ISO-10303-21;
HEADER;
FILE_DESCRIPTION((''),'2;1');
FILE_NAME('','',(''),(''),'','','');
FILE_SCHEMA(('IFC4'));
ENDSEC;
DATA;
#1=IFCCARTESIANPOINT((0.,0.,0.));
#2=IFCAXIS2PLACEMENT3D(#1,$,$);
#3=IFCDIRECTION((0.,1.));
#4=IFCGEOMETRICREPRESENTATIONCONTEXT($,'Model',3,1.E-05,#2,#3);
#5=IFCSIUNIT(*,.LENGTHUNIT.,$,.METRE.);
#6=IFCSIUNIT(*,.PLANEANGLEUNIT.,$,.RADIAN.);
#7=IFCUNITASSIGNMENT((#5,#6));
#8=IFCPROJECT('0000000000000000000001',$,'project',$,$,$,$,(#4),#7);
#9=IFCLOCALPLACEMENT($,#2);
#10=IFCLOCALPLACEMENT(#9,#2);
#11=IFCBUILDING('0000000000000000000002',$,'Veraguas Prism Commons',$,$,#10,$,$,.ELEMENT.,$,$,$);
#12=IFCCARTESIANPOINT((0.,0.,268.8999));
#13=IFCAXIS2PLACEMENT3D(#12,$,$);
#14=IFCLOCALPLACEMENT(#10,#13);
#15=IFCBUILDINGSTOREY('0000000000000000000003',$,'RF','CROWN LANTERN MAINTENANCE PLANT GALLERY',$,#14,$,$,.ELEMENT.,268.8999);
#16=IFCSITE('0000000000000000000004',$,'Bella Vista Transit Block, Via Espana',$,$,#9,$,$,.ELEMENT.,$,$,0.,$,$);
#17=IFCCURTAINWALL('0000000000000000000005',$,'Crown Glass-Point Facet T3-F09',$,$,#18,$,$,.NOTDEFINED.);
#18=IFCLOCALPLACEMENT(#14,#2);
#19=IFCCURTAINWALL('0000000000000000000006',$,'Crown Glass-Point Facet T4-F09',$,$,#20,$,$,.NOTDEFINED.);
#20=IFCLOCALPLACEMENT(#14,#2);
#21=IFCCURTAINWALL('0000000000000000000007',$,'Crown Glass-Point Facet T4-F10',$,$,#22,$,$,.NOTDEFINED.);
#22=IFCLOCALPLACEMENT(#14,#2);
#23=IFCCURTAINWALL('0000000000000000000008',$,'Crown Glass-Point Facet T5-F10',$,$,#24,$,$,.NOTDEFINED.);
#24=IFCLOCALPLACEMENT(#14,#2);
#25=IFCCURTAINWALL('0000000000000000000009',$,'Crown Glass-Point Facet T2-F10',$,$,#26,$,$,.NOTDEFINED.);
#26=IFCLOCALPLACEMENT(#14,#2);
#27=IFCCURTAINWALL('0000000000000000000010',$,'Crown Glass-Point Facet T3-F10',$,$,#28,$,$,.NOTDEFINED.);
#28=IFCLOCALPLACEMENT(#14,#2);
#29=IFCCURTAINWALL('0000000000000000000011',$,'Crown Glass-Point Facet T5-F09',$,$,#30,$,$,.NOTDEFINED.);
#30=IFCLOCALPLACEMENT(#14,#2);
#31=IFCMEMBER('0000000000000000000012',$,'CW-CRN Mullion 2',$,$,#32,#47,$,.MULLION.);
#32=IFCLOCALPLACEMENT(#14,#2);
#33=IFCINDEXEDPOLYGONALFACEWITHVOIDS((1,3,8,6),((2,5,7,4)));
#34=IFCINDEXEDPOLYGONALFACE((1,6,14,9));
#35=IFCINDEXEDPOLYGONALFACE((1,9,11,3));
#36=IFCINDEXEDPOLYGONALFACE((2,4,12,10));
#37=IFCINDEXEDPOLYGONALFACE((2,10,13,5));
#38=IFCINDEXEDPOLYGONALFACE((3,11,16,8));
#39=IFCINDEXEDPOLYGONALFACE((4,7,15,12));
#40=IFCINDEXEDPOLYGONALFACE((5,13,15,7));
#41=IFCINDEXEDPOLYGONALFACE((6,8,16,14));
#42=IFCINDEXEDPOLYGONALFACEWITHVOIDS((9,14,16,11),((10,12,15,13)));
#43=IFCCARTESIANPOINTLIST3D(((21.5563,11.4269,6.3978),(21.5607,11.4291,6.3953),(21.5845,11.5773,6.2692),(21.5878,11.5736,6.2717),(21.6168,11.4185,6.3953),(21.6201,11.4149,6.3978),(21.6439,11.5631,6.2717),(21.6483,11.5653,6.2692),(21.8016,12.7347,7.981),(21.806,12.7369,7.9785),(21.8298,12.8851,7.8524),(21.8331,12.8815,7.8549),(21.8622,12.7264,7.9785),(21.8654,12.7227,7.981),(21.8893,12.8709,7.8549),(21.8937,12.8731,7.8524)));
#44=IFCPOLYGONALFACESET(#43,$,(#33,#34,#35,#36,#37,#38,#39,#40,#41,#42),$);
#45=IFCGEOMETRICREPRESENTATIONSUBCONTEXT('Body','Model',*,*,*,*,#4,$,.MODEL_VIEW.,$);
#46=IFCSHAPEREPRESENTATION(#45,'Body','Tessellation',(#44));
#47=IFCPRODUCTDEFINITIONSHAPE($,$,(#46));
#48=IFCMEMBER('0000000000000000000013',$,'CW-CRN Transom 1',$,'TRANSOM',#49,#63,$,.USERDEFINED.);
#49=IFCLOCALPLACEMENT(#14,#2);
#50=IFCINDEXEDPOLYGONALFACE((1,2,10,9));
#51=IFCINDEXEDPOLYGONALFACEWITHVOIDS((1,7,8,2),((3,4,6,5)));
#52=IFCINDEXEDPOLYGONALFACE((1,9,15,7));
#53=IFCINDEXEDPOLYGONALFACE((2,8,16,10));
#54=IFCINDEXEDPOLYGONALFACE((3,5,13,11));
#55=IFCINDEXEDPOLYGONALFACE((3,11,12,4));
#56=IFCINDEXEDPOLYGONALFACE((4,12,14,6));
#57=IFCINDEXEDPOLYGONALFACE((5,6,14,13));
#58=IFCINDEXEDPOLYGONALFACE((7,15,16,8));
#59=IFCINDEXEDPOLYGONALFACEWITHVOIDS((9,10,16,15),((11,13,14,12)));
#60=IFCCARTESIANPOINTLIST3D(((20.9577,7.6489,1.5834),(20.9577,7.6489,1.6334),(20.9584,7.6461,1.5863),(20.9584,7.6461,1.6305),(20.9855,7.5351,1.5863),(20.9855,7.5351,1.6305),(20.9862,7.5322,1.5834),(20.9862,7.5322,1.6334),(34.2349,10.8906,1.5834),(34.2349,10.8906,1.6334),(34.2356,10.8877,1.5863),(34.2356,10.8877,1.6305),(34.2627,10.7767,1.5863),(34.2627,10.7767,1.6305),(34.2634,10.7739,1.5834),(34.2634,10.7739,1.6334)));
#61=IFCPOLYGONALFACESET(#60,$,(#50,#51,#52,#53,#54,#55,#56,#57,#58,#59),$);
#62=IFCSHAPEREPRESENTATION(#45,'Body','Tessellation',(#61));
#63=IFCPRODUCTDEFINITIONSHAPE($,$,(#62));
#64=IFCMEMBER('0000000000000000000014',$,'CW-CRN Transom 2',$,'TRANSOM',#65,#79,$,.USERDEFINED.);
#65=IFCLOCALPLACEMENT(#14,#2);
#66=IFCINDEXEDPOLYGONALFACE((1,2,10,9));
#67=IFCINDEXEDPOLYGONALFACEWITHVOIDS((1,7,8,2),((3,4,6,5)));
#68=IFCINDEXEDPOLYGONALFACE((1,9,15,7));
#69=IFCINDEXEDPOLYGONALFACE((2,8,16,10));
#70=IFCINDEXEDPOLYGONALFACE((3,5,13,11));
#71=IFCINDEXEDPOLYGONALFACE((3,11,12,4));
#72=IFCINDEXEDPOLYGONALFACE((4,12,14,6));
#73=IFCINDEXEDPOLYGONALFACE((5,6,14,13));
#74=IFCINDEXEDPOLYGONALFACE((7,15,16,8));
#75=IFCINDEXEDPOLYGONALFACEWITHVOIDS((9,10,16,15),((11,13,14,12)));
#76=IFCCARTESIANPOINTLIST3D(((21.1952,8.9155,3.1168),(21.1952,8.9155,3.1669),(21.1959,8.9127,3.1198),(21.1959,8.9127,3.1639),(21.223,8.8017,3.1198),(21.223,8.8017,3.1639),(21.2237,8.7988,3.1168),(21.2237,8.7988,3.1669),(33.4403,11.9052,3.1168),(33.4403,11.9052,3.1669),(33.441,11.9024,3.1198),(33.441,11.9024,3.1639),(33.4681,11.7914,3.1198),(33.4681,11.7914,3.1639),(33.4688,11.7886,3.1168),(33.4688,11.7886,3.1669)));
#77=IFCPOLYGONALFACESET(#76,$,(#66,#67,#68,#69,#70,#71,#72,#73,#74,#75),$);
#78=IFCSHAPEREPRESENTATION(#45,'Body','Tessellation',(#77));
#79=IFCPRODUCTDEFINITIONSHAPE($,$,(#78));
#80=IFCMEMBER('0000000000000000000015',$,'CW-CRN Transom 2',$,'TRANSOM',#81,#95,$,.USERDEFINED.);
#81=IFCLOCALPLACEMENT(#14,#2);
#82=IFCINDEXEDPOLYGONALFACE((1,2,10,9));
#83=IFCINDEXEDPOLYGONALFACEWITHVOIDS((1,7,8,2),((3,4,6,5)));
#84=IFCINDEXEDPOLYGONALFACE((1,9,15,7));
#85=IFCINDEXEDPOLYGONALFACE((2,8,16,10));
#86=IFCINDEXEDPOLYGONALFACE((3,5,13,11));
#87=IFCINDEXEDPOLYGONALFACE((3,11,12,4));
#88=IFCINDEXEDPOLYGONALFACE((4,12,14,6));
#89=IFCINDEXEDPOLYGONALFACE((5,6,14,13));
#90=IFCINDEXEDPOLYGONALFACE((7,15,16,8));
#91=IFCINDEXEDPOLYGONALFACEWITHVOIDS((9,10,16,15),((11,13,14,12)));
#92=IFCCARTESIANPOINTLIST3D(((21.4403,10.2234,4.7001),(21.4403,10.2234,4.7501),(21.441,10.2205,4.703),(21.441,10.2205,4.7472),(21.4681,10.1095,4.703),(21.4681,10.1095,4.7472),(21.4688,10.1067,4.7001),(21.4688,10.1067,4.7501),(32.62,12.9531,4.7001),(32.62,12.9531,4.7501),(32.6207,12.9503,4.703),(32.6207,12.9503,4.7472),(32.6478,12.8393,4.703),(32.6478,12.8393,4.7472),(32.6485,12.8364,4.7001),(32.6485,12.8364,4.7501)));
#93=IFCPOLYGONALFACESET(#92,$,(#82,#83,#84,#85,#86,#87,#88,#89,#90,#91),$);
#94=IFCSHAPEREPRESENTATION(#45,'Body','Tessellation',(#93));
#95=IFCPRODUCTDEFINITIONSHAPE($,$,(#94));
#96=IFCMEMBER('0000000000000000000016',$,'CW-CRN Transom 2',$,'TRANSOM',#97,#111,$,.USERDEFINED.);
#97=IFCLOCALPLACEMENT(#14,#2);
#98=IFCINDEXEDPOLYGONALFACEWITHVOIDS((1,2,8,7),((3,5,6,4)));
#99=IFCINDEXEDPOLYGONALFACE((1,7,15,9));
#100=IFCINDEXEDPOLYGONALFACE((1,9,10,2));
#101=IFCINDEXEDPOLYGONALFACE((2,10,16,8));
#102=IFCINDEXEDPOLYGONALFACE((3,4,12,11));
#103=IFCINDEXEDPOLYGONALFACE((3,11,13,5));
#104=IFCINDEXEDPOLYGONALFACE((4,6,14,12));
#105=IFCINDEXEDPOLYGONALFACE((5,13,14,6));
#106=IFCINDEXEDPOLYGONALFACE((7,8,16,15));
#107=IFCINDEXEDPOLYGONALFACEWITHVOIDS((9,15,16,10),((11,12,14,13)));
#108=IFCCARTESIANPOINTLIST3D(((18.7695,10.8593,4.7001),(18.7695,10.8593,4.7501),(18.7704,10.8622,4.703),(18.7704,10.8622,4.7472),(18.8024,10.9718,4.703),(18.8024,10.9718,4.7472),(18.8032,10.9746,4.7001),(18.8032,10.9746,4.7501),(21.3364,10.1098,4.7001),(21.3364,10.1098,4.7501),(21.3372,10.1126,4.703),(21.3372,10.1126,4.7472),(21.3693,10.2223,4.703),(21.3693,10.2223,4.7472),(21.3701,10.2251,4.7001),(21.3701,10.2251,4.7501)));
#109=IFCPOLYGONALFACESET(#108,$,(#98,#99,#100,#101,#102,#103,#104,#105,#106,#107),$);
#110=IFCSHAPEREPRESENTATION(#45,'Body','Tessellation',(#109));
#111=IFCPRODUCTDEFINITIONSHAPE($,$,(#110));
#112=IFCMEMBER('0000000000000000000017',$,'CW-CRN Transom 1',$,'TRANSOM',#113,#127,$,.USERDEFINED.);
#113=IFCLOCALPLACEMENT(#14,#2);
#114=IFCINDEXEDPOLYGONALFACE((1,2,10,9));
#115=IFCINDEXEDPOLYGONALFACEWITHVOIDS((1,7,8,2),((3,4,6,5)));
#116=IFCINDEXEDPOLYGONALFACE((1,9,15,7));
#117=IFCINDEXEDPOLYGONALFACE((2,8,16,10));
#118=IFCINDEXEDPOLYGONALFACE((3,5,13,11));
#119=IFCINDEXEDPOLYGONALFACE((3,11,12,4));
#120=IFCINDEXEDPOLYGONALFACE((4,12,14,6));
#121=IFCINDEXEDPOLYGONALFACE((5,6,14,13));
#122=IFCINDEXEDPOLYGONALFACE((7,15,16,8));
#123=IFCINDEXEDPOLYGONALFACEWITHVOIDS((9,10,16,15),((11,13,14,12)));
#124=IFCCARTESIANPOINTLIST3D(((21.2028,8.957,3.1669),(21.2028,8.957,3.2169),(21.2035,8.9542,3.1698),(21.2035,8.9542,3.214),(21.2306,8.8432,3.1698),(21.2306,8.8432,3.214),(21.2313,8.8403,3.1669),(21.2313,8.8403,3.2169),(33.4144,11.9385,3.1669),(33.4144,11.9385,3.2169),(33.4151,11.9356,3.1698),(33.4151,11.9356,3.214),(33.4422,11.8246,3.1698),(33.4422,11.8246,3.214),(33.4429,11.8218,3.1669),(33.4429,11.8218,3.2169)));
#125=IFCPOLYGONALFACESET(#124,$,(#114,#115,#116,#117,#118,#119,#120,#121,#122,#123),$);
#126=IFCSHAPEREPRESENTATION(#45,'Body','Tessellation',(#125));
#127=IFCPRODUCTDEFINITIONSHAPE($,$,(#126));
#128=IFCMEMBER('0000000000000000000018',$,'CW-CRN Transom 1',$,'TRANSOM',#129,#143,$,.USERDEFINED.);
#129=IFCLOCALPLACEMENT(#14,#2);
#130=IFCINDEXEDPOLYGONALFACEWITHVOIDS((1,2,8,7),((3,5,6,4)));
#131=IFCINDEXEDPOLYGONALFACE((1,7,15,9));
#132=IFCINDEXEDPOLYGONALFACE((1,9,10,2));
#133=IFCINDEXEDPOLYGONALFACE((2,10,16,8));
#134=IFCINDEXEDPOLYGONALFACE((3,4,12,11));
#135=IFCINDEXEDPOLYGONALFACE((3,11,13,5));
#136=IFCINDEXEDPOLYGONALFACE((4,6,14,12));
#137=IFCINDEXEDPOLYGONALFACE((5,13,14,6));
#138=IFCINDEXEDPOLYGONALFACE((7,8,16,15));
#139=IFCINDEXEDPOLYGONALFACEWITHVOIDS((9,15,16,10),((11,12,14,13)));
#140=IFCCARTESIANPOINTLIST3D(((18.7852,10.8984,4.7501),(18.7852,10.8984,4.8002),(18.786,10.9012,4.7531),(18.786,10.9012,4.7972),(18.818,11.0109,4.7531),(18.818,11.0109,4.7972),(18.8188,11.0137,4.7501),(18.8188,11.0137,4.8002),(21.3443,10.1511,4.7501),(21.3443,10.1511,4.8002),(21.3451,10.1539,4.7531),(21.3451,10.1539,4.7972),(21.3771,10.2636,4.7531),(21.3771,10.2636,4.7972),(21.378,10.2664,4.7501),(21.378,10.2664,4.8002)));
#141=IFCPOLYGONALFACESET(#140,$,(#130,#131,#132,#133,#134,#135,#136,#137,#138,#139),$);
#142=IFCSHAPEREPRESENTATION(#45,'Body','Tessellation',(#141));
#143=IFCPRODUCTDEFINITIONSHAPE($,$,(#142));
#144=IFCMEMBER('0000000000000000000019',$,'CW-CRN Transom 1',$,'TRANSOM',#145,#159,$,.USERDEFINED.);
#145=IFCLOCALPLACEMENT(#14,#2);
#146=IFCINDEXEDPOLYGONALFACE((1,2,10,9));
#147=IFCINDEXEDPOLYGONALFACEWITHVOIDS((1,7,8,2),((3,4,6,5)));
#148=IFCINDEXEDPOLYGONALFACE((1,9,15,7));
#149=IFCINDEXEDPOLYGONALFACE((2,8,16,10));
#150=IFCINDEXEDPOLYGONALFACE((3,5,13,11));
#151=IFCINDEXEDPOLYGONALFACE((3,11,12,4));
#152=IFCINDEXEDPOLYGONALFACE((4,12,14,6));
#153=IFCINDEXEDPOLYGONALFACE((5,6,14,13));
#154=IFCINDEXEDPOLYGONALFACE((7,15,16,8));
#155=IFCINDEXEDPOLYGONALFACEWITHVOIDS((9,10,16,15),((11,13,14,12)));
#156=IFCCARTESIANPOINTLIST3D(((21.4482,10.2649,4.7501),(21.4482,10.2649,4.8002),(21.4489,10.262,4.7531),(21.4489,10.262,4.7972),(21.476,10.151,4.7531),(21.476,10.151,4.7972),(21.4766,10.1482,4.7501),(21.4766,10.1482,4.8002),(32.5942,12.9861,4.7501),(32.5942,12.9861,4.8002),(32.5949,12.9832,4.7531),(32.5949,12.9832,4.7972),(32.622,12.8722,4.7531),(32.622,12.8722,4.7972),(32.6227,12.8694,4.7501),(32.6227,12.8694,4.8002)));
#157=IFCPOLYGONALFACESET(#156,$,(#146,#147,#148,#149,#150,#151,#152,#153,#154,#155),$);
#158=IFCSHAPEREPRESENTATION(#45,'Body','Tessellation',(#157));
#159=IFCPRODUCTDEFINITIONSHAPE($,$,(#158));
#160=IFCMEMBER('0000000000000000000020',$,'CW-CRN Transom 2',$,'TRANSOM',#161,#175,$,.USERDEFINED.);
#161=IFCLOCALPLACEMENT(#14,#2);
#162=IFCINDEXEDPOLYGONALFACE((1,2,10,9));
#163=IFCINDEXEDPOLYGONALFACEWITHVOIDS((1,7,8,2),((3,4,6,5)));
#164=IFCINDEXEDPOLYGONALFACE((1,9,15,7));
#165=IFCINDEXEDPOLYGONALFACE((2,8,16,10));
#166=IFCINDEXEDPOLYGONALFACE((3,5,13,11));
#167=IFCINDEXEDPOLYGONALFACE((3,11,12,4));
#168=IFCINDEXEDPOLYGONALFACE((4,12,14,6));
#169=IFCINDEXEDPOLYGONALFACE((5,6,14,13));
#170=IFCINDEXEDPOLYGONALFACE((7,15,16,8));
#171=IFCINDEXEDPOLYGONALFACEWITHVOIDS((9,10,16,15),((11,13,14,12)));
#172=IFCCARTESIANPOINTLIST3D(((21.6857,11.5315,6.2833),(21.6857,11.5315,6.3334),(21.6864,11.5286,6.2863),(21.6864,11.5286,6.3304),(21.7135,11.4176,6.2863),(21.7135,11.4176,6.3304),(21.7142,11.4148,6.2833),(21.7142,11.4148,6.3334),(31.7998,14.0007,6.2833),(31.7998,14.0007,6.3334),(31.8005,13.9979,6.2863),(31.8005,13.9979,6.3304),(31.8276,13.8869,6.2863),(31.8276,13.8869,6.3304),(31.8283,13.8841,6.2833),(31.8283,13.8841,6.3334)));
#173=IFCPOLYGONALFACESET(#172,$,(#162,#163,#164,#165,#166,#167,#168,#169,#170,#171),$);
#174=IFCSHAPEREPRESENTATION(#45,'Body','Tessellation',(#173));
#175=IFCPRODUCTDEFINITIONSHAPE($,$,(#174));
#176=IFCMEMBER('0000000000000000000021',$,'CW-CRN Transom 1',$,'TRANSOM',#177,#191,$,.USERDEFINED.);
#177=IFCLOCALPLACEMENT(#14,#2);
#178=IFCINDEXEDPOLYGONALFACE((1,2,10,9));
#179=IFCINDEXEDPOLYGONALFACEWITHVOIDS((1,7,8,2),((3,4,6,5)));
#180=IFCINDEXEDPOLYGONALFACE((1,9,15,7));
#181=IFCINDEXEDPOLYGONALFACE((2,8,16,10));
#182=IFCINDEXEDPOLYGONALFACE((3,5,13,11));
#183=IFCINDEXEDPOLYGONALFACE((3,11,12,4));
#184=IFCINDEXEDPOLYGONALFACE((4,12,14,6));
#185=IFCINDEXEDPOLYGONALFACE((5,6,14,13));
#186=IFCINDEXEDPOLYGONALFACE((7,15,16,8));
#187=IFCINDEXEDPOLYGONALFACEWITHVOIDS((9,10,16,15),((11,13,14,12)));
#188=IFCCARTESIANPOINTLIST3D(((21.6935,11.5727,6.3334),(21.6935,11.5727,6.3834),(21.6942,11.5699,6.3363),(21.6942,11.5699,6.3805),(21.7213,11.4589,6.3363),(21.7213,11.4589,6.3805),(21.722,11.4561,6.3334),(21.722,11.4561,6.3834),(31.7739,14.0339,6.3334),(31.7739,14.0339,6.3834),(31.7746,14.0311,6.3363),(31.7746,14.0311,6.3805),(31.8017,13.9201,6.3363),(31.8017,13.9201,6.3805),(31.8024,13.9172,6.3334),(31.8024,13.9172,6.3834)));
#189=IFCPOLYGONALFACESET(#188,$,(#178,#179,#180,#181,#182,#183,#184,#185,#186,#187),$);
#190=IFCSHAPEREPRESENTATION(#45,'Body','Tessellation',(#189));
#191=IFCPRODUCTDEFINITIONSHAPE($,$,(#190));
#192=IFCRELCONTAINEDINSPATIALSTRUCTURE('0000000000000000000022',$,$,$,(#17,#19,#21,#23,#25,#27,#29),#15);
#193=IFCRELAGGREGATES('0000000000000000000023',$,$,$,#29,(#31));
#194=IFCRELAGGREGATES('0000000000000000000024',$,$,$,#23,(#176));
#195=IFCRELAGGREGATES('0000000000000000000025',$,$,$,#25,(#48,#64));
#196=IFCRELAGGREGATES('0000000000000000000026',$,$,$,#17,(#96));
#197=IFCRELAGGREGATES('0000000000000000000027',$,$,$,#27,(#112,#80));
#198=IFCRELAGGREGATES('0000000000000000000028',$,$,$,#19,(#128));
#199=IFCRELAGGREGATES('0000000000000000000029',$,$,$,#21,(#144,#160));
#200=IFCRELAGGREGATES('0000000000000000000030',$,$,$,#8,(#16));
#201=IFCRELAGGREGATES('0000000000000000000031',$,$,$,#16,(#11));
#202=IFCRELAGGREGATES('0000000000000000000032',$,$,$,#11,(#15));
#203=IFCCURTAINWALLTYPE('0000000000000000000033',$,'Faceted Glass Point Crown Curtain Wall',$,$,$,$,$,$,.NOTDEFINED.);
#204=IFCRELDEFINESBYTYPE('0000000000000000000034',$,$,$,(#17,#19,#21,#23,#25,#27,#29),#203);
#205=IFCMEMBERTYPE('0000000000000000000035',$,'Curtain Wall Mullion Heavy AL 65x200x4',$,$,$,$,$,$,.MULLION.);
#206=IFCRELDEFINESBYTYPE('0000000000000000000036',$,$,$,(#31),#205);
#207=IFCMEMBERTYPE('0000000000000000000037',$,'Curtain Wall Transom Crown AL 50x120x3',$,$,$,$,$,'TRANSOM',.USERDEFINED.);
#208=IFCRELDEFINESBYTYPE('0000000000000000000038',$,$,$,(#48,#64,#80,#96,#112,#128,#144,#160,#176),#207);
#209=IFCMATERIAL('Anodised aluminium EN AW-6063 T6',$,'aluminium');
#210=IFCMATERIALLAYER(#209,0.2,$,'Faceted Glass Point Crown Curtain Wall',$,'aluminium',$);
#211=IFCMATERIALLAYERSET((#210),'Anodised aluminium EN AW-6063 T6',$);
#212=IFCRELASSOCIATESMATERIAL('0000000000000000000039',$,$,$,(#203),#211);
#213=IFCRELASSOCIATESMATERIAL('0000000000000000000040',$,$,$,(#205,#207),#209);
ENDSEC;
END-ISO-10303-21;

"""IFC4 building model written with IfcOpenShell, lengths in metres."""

from ifc_helpers import new_model, si_unit, direction, frame, origin, origin_2d, place, context, subcontext, project, spatial, hollow_rectangle, extrude, source, transform, mapped, material, layer, layer_set, material_profile, profile_set, type_object, element, aggregate, save


model = new_model("IFC4")

# Units and contexts
model_context = context("Model", 3, precision=1e-05, world=origin(), true_north=direction((0.0, 1.0)))
body_context = subcontext(model_context, "Body", "Model", "MODEL_VIEW")
ifc_project = project(units=[si_unit("LENGTHUNIT", "METRE"), si_unit("PLANEANGLEUNIT", "RADIAN")], contexts=[model_context])

# Site, building, storey
site_placement = place(None, origin())
site = spatial("IfcSite", under=ifc_project, at=site_placement, Name="Bella Vista Transit Block, Via Espana", CompositionType="ELEMENT", RefElevation=0.0)
building_placement = place(site_placement, origin())
building = spatial("IfcBuilding", under=site, at=building_placement, Name="Veraguas Prism Commons", CompositionType="ELEMENT")
storey_placement = place(building_placement, frame((0.0, 0.0, 268.8999)))
storey = spatial("IfcBuildingStorey", under=building, at=storey_placement, Name="RF", Description="CROWN LANTERN MAINTENANCE PLANT GALLERY", CompositionType="ELEMENT", Elevation=268.8999)

# Curtain wall
ifc_material_1 = material(Name="Anodised aluminium EN AW-6063 T6", Category="aluminium")
ifc_layer_1 = layer(ifc_material_1, 0.2, Name="Faceted Glass Point Crown Curtain Wall", Category="aluminium")
ifc_layer_set_1 = layer_set([ifc_layer_1], Name="Anodised aluminium EN AW-6063 T6")
curtain_wall_type = type_object("IfcCurtainWallType", Name="Faceted Glass Point Crown Curtain Wall", PredefinedType="NOTDEFINED", material=ifc_layer_set_1)
ifc_material_profile_1 = material_profile(ifc_material_1, hollow_rectangle(XDim=0.0649, YDim=0.2, WallThickness=0.0039, at=origin_2d()), Name="AL65X200X4")
ifc_profile_set_1 = profile_set([ifc_material_profile_1], Name="Anodised aluminium EN AW-6063 T6")
member_type_1 = type_object("IfcMemberType", Name="Curtain Wall Mullion Heavy AL 65x200x4", PredefinedType="MULLION", material=ifc_profile_set_1)
curtain_wall_1_placement = place(storey_placement, origin())
curtain_wall_1 = element("IfcCurtainWall", 1, at=curtain_wall_1_placement, inside=storey, type_object=curtain_wall_type, Name="Crown Glass-Point Facet T3-F09", PredefinedType="NOTDEFINED")

# Curtain wall
curtain_wall_2_placement = place(storey_placement, origin())
curtain_wall_2 = element("IfcCurtainWall", 2, at=curtain_wall_2_placement, inside=storey, type_object=curtain_wall_type, Name="Crown Glass-Point Facet T4-F09", PredefinedType="NOTDEFINED")

# Curtain walls
curtain_wall_3_placement = place(storey_placement, origin())
curtain_wall_3 = element("IfcCurtainWall", 3, at=curtain_wall_3_placement, inside=storey, type_object=curtain_wall_type, Name="Crown Glass-Point Facet T4-F10", PredefinedType="NOTDEFINED")
curtain_wall_4_placement = place(storey_placement, origin())
curtain_wall_4 = element("IfcCurtainWall", 4, at=curtain_wall_4_placement, inside=storey, type_object=curtain_wall_type, Name="Crown Glass-Point Facet T5-F10", PredefinedType="NOTDEFINED")

# Shared definitions
ifc_material_profile_2 = material_profile(ifc_material_1, hollow_rectangle(XDim=0.05, YDim=0.1201, WallThickness=0.0029, at=origin_2d()), Name="AL50X120X3")
ifc_profile_set_2 = profile_set([ifc_material_profile_2], Name="Anodised aluminium EN AW-6063 T6")
member_type_2 = type_object("IfcMemberType", Name="Curtain Wall Transom Crown AL 50x120x3", ElementType="TRANSOM", PredefinedType="USERDEFINED", material=ifc_profile_set_2)

# Curtain walls, member
shared_shape_1 = source(origin(), body_context, "Body", "SweptSolid", [
    extrude(hollow_rectangle(XDim=0.0649, YDim=0.2, WallThickness=0.0039, at=origin_2d()), origin(), (0.0, 0.0, 1.0), 2.0681),
])
curtain_wall_5_placement = place(storey_placement, origin())
curtain_wall_5 = element("IfcCurtainWall", 5, at=curtain_wall_5_placement, inside=storey, type_object=curtain_wall_type, Name="Crown Glass-Point Facet T2-F10", PredefinedType="NOTDEFINED")
curtain_wall_6_placement = place(storey_placement, origin())
curtain_wall_6 = element("IfcCurtainWall", 6, at=curtain_wall_6_placement, inside=storey, type_object=curtain_wall_type, Name="Crown Glass-Point Facet T3-F10", PredefinedType="NOTDEFINED")
curtain_wall_7_placement = place(storey_placement, origin())
curtain_wall_7 = element("IfcCurtainWall", 7, at=curtain_wall_7_placement, inside=storey, type_object=curtain_wall_type, Name="Crown Glass-Point Facet T5-F09", PredefinedType="NOTDEFINED")
member_1_placement = place(storey_placement, frame((21.6023, 11.4961, 6.3335), z_axis=(0.118636, 0.632371, 0.765527), x_axis=(-0.982853, 0.184388, 0.0)))
member_1 = element("IfcMember", 8, at=member_1_placement, type_object=member_type_1, Name="CW-CRN Mullion 2", PredefinedType="MULLION", context=body_context, shape_type="MappedRepresentation", body=[
    mapped(shared_shape_1, transform((0.0, 0.0, 0.0), scale=1.0)),
])
aggregate(curtain_wall_7, [member_1])

# Members
shared_shape_2 = source(origin(), body_context, "Body", "SweptSolid", [
    extrude(hollow_rectangle(XDim=0.05, YDim=0.1201, WallThickness=0.0029, at=origin_2d()), origin(), (0.0, 0.0, 1.0), 13.6672),
])
member_2_placement = place(storey_placement, frame((20.9719, 7.5906, 1.6084), z_axis=(0.971464, 0.237186, 0.0), x_axis=(0.0, 0.0, 1.0)))
member_2 = element("IfcMember", 9, at=member_2_placement, type_object=member_type_2, Name="CW-CRN Transom 1", ObjectType="TRANSOM", PredefinedType="USERDEFINED", context=body_context, shape_type="MappedRepresentation", body=[
    mapped(shared_shape_2, transform((0.0, 0.0, 0.0), scale=1.0)),
])
shared_shape_3 = source(origin(), body_context, "Body", "SweptSolid", [
    extrude(hollow_rectangle(XDim=0.05, YDim=0.1201, WallThickness=0.0029, at=origin_2d()), origin(), (0.0, 0.0, 1.0), 12.6047),
])
member_3_placement = place(storey_placement, frame((21.2095, 8.8572, 3.1418), z_axis=(0.971463, 0.237191, 0.0), x_axis=(0.0, 0.0, 1.0)))
member_3 = element("IfcMember", 10, at=member_3_placement, type_object=member_type_2, Name="CW-CRN Transom 2", ObjectType="TRANSOM", PredefinedType="USERDEFINED", context=body_context, shape_type="MappedRepresentation", body=[
    mapped(shared_shape_3, transform((0.0, 0.0, 0.0), scale=1.0)),
])
shared_shape_4 = source(origin(), body_context, "Body", "SweptSolid", [
    extrude(hollow_rectangle(XDim=0.05, YDim=0.1201, WallThickness=0.0029, at=origin_2d()), origin(), (0.0, 0.0, 1.0), 11.5081),
])
member_4_placement = place(storey_placement, frame((21.4546, 10.165, 4.7251), z_axis=(0.971461, 0.237201, 0.0), x_axis=(0.0, 0.0, 1.0)))
member_4 = element("IfcMember", 11, at=member_4_placement, type_object=member_type_2, Name="CW-CRN Transom 2", ObjectType="TRANSOM", PredefinedType="USERDEFINED", context=body_context, shape_type="MappedRepresentation", body=[
    mapped(shared_shape_4, transform((0.0, 0.0, 0.0), scale=1.0)),
])
shared_shape_5 = source(origin(), body_context, "Body", "SweptSolid", [
    extrude(hollow_rectangle(XDim=0.05, YDim=0.1201, WallThickness=0.0029, at=origin_2d()), origin(), (0.0, 0.0, 1.0), 2.6741),
])
member_5_placement = place(storey_placement, frame((18.7864, 10.917, 4.7251), z_axis=(0.959916, -0.280287, 0.0), x_axis=(0.0, 0.0, 1.0)))
member_5 = element("IfcMember", 12, at=member_5_placement, type_object=member_type_2, Name="CW-CRN Transom 2", ObjectType="TRANSOM", PredefinedType="USERDEFINED", context=body_context, shape_type="MappedRepresentation", body=[
    mapped(shared_shape_5, transform((0.0, 0.0, 0.0), scale=1.0)),
])
shared_shape_6 = source(origin(), body_context, "Body", "SweptSolid", [
    extrude(hollow_rectangle(XDim=0.05, YDim=0.1201, WallThickness=0.0029, at=origin_2d()), origin(), (0.0, 0.0, 1.0), 12.5703),
])
member_6_placement = place(storey_placement, frame((21.217, 8.8987, 3.1919), z_axis=(0.971466, 0.237181, 0.0), x_axis=(0.0, 0.0, 1.0)))
member_6 = element("IfcMember", 13, at=member_6_placement, type_object=member_type_2, Name="CW-CRN Transom 1", ObjectType="TRANSOM", PredefinedType="USERDEFINED", context=body_context, shape_type="MappedRepresentation", body=[
    mapped(shared_shape_6, transform((0.0, 0.0, 0.0), scale=1.0)),
])
shared_shape_7 = source(origin(), body_context, "Body", "SweptSolid", [
    extrude(hollow_rectangle(XDim=0.05, YDim=0.1201, WallThickness=0.0029, at=origin_2d()), origin(), (0.0, 0.0, 1.0), 2.666),
])
member_7_placement = place(storey_placement, frame((18.802, 10.9561, 4.7751), z_axis=(0.959908, -0.280316, 0.0), x_axis=(0.0, 0.0, 1.0)))
member_7 = element("IfcMember", 14, at=member_7_placement, type_object=member_type_2, Name="CW-CRN Transom 1", ObjectType="TRANSOM", PredefinedType="USERDEFINED", context=body_context, shape_type="MappedRepresentation", body=[
    mapped(shared_shape_7, transform((0.0, 0.0, 0.0), scale=1.0)),
])
shared_shape_8 = source(origin(), body_context, "Body", "SweptSolid", [
    extrude(hollow_rectangle(XDim=0.05, YDim=0.1201, WallThickness=0.0029, at=origin_2d()), origin(), (0.0, 0.0, 1.0), 11.4734),
])
member_8_placement = place(storey_placement, frame((21.4624, 10.2065, 4.7751), z_axis=(0.971467, 0.237175, 0.0), x_axis=(0.0, 0.0, 1.0)))
member_8 = element("IfcMember", 15, at=member_8_placement, type_object=member_type_2, Name="CW-CRN Transom 1", ObjectType="TRANSOM", PredefinedType="USERDEFINED", context=body_context, shape_type="MappedRepresentation", body=[
    mapped(shared_shape_8, transform((0.0, 0.0, 0.0), scale=1.0)),
])
shared_shape_9 = source(origin(), body_context, "Body", "SweptSolid", [
    extrude(hollow_rectangle(XDim=0.05, YDim=0.1201, WallThickness=0.0029, at=origin_2d()), origin(), (0.0, 0.0, 1.0), 10.4111),
])
member_9_placement = place(storey_placement, frame((21.7, 11.4731, 6.3083), z_axis=(0.971467, 0.237174, 0.0), x_axis=(0.0, 0.0, 1.0)))
member_9 = element("IfcMember", 16, at=member_9_placement, type_object=member_type_2, Name="CW-CRN Transom 2", ObjectType="TRANSOM", PredefinedType="USERDEFINED", context=body_context, shape_type="MappedRepresentation", body=[
    mapped(shared_shape_9, transform((0.0, 0.0, 0.0), scale=1.0)),
])
shared_shape_10 = source(origin(), body_context, "Body", "SweptSolid", [
    extrude(hollow_rectangle(XDim=0.05, YDim=0.1201, WallThickness=0.0029, at=origin_2d()), origin(), (0.0, 0.0, 1.0), 10.3765),
])
member_10_placement = place(storey_placement, frame((21.7078, 11.5144, 6.3584), z_axis=(0.971463, 0.23719, 0.0), x_axis=(0.0, 0.0, 1.0)))
member_10 = element("IfcMember", 17, at=member_10_placement, type_object=member_type_2, Name="CW-CRN Transom 1", ObjectType="TRANSOM", PredefinedType="USERDEFINED", context=body_context, shape_type="MappedRepresentation", body=[
    mapped(shared_shape_10, transform((0.0, 0.0, 0.0), scale=1.0)),
])
aggregate(curtain_wall_4, [member_10])

aggregate(curtain_wall_5, [member_2, member_3])
aggregate(curtain_wall_1, [member_5])
aggregate(curtain_wall_6, [member_6, member_4])
aggregate(curtain_wall_2, [member_7])
aggregate(curtain_wall_3, [member_8, member_9])

save(model, "model.ifc")
